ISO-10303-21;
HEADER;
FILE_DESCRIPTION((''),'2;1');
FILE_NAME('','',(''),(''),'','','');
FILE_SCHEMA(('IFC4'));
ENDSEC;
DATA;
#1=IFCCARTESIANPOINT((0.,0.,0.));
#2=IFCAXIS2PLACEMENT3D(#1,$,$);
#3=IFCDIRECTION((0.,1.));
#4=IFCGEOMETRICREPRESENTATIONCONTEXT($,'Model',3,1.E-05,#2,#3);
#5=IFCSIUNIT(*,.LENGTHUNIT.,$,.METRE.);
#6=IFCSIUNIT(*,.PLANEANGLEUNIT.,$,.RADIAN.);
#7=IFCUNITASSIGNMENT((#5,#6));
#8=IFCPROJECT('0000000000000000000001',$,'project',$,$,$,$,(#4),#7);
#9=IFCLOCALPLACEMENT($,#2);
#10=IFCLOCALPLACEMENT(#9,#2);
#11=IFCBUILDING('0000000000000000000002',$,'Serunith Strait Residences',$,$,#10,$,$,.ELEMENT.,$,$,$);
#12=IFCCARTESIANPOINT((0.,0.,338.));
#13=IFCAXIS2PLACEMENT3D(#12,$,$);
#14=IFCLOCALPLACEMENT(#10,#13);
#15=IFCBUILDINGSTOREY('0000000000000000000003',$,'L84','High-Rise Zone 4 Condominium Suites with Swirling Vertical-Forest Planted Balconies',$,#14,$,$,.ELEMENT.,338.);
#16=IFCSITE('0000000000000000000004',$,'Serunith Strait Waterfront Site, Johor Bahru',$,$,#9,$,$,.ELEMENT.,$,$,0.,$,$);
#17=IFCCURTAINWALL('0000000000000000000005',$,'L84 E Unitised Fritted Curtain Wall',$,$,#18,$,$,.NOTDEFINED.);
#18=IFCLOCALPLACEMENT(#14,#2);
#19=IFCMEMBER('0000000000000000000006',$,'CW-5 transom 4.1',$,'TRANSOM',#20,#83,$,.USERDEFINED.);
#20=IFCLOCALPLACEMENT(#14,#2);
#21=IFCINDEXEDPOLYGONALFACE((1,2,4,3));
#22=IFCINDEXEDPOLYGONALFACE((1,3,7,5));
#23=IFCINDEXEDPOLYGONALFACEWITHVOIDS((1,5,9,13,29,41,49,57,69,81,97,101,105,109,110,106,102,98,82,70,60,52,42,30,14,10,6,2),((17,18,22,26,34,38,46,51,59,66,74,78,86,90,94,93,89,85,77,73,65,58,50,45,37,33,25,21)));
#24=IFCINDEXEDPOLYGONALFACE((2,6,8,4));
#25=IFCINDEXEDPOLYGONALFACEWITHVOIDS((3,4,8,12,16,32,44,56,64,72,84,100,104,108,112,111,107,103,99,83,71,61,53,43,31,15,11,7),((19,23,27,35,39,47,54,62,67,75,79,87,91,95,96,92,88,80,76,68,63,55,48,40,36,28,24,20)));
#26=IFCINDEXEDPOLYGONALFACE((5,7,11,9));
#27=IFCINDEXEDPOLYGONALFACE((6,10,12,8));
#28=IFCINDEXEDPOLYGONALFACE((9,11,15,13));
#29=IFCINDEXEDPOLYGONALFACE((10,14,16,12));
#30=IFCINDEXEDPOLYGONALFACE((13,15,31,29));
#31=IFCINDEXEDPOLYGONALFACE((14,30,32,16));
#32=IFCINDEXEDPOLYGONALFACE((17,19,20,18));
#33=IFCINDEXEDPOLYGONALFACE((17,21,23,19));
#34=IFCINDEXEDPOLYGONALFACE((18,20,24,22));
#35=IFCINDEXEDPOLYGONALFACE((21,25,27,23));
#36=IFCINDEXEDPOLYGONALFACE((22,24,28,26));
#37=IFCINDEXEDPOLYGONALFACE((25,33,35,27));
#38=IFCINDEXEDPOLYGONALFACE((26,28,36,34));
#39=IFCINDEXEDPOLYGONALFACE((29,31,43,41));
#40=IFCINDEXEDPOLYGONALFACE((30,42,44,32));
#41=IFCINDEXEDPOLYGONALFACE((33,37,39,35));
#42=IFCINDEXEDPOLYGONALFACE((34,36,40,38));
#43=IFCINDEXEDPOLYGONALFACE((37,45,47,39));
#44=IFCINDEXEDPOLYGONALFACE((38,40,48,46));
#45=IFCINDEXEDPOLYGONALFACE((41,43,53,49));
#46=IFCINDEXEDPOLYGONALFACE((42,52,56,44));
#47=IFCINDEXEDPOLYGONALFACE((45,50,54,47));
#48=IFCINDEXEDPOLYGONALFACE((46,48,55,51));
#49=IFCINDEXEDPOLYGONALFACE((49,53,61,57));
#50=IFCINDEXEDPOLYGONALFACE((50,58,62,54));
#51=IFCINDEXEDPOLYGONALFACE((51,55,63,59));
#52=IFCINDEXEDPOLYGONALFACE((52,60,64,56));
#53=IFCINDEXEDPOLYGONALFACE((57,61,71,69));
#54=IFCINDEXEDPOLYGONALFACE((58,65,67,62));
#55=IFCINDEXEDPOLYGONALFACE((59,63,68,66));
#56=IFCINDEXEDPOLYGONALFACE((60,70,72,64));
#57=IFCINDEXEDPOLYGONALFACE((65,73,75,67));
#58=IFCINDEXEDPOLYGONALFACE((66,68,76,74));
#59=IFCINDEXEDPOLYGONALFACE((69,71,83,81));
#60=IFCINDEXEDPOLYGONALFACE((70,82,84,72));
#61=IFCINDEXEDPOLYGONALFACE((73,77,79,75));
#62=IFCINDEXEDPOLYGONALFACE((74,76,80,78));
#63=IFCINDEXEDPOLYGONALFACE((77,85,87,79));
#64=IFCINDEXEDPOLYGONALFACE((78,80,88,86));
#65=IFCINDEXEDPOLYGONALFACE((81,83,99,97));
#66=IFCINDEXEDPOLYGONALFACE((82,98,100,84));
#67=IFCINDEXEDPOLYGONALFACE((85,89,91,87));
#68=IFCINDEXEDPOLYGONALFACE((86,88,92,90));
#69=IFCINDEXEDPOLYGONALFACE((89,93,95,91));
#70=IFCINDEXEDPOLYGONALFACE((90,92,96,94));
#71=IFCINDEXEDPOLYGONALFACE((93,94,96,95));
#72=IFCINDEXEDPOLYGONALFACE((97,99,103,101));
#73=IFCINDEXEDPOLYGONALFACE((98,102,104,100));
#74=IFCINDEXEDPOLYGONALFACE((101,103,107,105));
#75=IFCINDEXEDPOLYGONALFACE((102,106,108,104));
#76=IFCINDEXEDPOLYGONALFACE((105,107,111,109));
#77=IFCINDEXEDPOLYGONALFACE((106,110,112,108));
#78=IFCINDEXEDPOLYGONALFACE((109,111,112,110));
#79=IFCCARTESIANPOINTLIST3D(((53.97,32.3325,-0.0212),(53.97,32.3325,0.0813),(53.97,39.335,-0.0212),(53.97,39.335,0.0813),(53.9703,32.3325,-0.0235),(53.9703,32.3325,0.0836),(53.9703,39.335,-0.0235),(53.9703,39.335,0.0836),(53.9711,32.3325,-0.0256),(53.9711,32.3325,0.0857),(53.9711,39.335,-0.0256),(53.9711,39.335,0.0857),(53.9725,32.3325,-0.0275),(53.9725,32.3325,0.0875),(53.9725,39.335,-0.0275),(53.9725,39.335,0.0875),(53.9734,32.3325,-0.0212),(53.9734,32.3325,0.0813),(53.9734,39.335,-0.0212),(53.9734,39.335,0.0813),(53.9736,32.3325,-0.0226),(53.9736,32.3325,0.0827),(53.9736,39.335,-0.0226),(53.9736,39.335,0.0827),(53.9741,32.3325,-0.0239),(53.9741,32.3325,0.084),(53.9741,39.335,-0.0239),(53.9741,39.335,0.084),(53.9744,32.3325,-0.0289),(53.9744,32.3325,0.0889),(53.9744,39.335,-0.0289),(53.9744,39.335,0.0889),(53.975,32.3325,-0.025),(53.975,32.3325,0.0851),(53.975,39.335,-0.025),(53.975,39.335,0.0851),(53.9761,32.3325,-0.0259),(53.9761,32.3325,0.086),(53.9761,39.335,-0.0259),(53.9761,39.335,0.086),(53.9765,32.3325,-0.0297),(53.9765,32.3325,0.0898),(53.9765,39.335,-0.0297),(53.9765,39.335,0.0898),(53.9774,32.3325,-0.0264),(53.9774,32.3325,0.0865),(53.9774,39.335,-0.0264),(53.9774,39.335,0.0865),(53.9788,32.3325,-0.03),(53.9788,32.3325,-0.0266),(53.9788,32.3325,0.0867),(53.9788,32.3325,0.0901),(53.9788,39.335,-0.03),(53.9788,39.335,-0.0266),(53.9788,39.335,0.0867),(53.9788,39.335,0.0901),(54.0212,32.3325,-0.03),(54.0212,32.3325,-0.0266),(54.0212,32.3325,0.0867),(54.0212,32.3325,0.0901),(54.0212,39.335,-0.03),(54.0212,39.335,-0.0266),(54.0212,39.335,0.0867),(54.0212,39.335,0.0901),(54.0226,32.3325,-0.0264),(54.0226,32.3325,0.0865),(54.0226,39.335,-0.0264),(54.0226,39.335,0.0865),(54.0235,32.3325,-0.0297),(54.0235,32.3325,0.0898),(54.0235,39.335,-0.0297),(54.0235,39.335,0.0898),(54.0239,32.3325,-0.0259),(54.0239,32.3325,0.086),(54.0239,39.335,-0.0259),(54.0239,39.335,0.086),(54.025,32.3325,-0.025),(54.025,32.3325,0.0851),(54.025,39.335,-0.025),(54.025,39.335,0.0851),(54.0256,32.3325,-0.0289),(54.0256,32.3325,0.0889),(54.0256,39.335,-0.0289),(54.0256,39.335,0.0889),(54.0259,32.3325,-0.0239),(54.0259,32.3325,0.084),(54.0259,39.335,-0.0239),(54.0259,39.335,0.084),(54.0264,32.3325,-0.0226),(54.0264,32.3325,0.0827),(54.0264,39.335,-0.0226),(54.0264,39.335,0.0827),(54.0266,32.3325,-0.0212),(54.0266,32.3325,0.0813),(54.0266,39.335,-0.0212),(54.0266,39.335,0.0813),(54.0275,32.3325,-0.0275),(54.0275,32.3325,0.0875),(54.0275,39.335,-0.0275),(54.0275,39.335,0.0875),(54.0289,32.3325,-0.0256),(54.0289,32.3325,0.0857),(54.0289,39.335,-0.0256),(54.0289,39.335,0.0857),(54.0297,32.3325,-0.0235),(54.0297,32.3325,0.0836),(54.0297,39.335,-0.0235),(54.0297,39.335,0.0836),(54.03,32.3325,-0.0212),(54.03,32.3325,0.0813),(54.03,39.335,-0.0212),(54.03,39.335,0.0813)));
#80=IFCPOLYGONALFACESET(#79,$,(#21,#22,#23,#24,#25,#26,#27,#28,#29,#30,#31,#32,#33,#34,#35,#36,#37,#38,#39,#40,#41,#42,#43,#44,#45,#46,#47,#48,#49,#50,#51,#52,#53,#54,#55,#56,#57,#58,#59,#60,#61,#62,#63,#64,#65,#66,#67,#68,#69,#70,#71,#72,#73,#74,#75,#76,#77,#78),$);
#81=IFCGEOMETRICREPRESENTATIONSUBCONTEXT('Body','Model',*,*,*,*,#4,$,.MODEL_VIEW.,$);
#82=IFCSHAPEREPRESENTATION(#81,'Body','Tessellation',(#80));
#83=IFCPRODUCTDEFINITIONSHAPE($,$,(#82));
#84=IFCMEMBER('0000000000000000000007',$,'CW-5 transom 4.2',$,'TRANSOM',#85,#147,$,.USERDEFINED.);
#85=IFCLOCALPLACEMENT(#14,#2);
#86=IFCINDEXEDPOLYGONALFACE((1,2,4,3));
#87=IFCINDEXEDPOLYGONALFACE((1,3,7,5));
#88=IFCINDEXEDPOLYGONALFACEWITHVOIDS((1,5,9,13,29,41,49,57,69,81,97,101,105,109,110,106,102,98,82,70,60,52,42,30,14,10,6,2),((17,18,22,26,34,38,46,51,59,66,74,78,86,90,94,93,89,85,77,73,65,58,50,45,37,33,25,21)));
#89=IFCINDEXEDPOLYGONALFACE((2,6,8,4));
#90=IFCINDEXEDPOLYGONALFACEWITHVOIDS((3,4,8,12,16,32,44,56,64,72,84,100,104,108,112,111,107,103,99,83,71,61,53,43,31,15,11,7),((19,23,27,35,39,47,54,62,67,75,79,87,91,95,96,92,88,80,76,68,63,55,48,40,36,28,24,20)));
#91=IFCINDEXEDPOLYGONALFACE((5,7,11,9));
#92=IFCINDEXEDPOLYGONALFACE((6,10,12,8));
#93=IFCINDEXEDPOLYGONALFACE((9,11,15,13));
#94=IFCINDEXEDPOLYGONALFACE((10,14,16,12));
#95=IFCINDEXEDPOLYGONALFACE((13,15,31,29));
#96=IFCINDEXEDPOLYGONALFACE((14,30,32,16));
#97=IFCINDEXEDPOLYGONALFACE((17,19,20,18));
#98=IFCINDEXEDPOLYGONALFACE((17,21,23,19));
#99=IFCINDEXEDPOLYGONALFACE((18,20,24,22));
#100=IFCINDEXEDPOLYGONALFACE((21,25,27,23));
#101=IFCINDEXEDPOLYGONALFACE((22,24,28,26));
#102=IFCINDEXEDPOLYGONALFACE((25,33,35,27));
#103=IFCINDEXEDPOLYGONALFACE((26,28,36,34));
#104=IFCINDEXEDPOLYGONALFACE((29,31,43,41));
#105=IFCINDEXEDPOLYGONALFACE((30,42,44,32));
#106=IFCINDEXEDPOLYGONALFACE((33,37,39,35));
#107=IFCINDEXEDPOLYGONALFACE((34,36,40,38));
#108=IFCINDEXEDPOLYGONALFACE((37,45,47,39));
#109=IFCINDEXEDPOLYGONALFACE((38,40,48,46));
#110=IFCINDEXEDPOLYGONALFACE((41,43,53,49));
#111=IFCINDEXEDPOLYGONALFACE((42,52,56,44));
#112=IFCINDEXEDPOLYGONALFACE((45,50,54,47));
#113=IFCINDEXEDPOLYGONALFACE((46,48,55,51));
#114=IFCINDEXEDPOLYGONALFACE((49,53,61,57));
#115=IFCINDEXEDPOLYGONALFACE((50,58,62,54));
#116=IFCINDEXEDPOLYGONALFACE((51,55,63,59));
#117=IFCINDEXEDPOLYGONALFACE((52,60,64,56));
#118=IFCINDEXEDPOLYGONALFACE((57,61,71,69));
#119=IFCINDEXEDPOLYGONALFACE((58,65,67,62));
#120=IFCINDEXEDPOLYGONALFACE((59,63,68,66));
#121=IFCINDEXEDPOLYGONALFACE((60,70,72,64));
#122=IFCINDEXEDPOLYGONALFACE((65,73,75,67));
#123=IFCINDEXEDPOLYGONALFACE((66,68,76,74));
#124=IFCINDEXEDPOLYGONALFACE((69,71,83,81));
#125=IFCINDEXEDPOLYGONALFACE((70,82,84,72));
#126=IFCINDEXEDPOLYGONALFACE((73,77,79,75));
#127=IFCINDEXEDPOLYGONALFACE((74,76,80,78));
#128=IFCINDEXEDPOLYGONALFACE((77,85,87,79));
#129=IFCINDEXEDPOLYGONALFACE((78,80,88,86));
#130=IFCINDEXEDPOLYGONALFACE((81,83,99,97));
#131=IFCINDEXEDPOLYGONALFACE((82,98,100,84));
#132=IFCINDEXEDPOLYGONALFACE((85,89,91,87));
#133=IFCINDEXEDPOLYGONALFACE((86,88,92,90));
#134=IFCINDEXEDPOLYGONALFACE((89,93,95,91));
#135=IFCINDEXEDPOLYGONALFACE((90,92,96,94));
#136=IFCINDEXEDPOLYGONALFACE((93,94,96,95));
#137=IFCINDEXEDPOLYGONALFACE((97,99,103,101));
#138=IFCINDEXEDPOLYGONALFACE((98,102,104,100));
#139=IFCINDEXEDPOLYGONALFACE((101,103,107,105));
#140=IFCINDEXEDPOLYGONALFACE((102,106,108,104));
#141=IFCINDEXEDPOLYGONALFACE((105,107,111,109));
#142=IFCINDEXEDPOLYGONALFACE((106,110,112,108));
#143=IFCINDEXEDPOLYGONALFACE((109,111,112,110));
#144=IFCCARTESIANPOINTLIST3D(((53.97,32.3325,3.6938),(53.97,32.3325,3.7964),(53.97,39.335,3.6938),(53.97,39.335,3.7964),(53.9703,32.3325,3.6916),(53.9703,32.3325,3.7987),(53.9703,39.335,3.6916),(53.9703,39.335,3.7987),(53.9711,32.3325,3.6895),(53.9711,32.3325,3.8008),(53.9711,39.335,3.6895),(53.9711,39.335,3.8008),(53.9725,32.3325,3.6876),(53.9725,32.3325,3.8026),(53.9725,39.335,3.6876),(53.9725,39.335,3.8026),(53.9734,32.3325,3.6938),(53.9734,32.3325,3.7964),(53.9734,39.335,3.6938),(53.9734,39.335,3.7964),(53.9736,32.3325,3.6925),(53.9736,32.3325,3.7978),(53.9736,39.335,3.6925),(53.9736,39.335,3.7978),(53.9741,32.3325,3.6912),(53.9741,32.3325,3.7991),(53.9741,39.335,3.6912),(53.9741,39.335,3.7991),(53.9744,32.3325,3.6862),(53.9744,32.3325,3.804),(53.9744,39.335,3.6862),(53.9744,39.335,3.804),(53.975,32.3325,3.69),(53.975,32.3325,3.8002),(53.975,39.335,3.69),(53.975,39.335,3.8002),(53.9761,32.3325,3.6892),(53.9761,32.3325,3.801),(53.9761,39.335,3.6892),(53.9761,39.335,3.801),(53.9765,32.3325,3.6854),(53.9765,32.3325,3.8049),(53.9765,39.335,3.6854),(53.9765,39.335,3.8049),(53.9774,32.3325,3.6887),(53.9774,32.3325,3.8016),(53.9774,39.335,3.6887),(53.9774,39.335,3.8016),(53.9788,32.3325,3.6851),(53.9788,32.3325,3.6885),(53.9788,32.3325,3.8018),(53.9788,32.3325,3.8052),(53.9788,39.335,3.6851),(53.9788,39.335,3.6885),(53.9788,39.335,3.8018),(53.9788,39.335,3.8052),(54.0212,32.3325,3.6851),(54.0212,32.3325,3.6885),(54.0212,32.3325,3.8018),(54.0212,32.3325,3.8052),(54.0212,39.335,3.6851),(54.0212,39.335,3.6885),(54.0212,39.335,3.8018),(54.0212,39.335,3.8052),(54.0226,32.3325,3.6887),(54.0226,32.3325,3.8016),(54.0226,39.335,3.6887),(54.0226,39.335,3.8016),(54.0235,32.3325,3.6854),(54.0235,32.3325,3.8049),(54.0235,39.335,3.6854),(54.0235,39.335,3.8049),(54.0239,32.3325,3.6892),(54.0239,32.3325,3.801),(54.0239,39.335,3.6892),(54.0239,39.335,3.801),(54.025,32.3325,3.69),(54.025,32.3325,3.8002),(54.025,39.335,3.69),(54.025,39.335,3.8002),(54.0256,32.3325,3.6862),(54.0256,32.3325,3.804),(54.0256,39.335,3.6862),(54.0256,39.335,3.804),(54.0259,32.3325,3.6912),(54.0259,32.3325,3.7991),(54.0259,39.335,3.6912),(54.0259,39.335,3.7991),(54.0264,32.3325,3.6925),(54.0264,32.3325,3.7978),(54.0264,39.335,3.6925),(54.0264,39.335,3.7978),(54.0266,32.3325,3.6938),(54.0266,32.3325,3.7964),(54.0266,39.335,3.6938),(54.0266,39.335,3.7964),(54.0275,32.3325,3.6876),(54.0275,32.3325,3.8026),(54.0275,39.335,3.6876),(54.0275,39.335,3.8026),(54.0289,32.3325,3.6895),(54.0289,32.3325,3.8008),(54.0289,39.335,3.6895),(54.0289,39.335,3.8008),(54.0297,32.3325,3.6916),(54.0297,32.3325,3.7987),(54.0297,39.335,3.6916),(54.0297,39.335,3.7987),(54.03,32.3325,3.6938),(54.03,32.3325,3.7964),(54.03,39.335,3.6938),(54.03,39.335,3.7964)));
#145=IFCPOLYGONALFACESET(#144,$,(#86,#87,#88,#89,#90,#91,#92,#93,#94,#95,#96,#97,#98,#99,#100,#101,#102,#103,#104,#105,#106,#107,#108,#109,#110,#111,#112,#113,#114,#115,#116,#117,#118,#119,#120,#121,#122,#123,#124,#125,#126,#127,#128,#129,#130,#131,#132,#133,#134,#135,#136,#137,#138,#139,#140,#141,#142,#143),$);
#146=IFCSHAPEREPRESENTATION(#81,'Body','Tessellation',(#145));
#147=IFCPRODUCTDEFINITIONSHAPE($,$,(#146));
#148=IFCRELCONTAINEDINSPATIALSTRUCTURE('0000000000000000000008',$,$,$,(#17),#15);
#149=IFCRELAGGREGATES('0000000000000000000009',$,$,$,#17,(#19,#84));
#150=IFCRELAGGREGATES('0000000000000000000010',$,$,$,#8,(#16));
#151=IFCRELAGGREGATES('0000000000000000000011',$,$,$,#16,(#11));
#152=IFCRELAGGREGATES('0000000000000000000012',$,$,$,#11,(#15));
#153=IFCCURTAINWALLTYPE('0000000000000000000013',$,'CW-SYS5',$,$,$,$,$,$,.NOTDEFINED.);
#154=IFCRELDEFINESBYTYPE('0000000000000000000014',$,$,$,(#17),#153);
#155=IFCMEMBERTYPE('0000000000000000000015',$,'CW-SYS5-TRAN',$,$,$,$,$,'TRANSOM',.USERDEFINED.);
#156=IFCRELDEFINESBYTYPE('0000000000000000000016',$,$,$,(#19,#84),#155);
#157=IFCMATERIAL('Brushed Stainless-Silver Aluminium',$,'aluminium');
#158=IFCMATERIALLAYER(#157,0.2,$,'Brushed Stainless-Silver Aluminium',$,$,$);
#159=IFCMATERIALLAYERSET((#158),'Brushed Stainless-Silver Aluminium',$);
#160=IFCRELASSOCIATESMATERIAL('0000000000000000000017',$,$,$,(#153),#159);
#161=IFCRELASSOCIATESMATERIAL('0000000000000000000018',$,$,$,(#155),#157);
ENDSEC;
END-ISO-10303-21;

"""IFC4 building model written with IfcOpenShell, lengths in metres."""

from ifc_helpers import new_model, si_unit, direction, frame, origin, origin_2d, place, context, subcontext, project, spatial, hollow_rectangle, extrude, source, transform, mapped, material, layer, layer_set, material_profile, profile_set, type_object, element, aggregate, save


model = new_model("IFC4")

# Units and contexts
model_context = context("Model", 3, precision=1e-05, world=origin(), true_north=direction((0.0, 1.0)))
body_context = subcontext(model_context, "Body", "Model", "MODEL_VIEW")
ifc_project = project(units=[si_unit("LENGTHUNIT", "METRE"), si_unit("PLANEANGLEUNIT", "RADIAN")], contexts=[model_context])

# Site, building, storey
site_placement = place(None, origin())
site = spatial("IfcSite", under=ifc_project, at=site_placement, Name="Serunith Strait Waterfront Site, Johor Bahru", CompositionType="ELEMENT", RefElevation=0.0)
building_placement = place(site_placement, origin())
building = spatial("IfcBuilding", under=site, at=building_placement, Name="Serunith Strait Residences", CompositionType="ELEMENT")
storey_placement = place(building_placement, frame((0.0, 0.0, 338.0)))
storey = spatial("IfcBuildingStorey", under=building, at=storey_placement, Name="L84", Description="High-Rise Zone 4 Condominium Suites with Swirling Vertical-Forest Planted Balconies", CompositionType="ELEMENT", Elevation=338.0)

# Curtain wall, members
ifc_material_1 = material(Name="Brushed Stainless-Silver Aluminium", Category="aluminium")
ifc_layer_1 = layer(ifc_material_1, 0.2, Name="Brushed Stainless-Silver Aluminium")
ifc_layer_set_1 = layer_set([ifc_layer_1], Name="Brushed Stainless-Silver Aluminium")
curtain_wall_type = type_object("IfcCurtainWallType", Name="CW-SYS5", PredefinedType="NOTDEFINED", material=ifc_layer_set_1)
curtain_wall_placement = place(storey_placement, origin())
curtain_wall = element("IfcCurtainWall", 1, at=curtain_wall_placement, inside=storey, type_object=curtain_wall_type, Name="L84 E Unitised Fritted Curtain Wall", PredefinedType="NOTDEFINED")
ifc_material_profile_1 = material_profile(ifc_material_1, hollow_rectangle(XDim=0.0601, YDim=0.1201, WallThickness=0.0034, InnerFilletRadius=0.0054, OuterFilletRadius=0.0088, at=origin_2d()), Name="ALU 120x60x3.5")
ifc_profile_set_1 = profile_set([ifc_material_profile_1], Name="Brushed Stainless-Silver Aluminium")
member_type_1 = type_object("IfcMemberType", Name="CW-SYS5-TRAN", ElementType="TRANSOM", PredefinedType="USERDEFINED", material=ifc_profile_set_1)
shared_shape_1 = source(origin(), body_context, "Body", "SweptSolid", [
    extrude(hollow_rectangle(XDim=0.0601, YDim=0.1201, WallThickness=0.0034, InnerFilletRadius=0.0054, OuterFilletRadius=0.0088, at=origin_2d()), origin(), (0.0, 0.0, 1.0), 7.0024),
])
member_1_placement = place(storey_placement, frame((54.0, 32.3325, 0.03), z_axis=(0.0, 1.0, 0.0), x_axis=(-1.0, 0.0, 0.0)))
member_1 = element("IfcMember", 2, at=member_1_placement, type_object=member_type_1, Name="CW-5 transom 4.1", ObjectType="TRANSOM", PredefinedType="USERDEFINED", context=body_context, shape_type="MappedRepresentation", body=[
    mapped(shared_shape_1, transform((0.0, 0.0, 0.0), scale=1.0)),
])
member_2_placement = place(storey_placement, frame((54.0, 32.3325, 3.7451), z_axis=(0.0, 1.0, 0.0), x_axis=(-1.0, 0.0, 0.0)))
member_2 = element("IfcMember", 3, at=member_2_placement, type_object=member_type_1, Name="CW-5 transom 4.2", ObjectType="TRANSOM", PredefinedType="USERDEFINED", context=body_context, shape_type="MappedRepresentation", body=[
    mapped(shared_shape_1, transform((0.0, 0.0, 0.0), scale=1.0)),
])
aggregate(curtain_wall, [member_1, member_2])

save(model, "model.ifc")
